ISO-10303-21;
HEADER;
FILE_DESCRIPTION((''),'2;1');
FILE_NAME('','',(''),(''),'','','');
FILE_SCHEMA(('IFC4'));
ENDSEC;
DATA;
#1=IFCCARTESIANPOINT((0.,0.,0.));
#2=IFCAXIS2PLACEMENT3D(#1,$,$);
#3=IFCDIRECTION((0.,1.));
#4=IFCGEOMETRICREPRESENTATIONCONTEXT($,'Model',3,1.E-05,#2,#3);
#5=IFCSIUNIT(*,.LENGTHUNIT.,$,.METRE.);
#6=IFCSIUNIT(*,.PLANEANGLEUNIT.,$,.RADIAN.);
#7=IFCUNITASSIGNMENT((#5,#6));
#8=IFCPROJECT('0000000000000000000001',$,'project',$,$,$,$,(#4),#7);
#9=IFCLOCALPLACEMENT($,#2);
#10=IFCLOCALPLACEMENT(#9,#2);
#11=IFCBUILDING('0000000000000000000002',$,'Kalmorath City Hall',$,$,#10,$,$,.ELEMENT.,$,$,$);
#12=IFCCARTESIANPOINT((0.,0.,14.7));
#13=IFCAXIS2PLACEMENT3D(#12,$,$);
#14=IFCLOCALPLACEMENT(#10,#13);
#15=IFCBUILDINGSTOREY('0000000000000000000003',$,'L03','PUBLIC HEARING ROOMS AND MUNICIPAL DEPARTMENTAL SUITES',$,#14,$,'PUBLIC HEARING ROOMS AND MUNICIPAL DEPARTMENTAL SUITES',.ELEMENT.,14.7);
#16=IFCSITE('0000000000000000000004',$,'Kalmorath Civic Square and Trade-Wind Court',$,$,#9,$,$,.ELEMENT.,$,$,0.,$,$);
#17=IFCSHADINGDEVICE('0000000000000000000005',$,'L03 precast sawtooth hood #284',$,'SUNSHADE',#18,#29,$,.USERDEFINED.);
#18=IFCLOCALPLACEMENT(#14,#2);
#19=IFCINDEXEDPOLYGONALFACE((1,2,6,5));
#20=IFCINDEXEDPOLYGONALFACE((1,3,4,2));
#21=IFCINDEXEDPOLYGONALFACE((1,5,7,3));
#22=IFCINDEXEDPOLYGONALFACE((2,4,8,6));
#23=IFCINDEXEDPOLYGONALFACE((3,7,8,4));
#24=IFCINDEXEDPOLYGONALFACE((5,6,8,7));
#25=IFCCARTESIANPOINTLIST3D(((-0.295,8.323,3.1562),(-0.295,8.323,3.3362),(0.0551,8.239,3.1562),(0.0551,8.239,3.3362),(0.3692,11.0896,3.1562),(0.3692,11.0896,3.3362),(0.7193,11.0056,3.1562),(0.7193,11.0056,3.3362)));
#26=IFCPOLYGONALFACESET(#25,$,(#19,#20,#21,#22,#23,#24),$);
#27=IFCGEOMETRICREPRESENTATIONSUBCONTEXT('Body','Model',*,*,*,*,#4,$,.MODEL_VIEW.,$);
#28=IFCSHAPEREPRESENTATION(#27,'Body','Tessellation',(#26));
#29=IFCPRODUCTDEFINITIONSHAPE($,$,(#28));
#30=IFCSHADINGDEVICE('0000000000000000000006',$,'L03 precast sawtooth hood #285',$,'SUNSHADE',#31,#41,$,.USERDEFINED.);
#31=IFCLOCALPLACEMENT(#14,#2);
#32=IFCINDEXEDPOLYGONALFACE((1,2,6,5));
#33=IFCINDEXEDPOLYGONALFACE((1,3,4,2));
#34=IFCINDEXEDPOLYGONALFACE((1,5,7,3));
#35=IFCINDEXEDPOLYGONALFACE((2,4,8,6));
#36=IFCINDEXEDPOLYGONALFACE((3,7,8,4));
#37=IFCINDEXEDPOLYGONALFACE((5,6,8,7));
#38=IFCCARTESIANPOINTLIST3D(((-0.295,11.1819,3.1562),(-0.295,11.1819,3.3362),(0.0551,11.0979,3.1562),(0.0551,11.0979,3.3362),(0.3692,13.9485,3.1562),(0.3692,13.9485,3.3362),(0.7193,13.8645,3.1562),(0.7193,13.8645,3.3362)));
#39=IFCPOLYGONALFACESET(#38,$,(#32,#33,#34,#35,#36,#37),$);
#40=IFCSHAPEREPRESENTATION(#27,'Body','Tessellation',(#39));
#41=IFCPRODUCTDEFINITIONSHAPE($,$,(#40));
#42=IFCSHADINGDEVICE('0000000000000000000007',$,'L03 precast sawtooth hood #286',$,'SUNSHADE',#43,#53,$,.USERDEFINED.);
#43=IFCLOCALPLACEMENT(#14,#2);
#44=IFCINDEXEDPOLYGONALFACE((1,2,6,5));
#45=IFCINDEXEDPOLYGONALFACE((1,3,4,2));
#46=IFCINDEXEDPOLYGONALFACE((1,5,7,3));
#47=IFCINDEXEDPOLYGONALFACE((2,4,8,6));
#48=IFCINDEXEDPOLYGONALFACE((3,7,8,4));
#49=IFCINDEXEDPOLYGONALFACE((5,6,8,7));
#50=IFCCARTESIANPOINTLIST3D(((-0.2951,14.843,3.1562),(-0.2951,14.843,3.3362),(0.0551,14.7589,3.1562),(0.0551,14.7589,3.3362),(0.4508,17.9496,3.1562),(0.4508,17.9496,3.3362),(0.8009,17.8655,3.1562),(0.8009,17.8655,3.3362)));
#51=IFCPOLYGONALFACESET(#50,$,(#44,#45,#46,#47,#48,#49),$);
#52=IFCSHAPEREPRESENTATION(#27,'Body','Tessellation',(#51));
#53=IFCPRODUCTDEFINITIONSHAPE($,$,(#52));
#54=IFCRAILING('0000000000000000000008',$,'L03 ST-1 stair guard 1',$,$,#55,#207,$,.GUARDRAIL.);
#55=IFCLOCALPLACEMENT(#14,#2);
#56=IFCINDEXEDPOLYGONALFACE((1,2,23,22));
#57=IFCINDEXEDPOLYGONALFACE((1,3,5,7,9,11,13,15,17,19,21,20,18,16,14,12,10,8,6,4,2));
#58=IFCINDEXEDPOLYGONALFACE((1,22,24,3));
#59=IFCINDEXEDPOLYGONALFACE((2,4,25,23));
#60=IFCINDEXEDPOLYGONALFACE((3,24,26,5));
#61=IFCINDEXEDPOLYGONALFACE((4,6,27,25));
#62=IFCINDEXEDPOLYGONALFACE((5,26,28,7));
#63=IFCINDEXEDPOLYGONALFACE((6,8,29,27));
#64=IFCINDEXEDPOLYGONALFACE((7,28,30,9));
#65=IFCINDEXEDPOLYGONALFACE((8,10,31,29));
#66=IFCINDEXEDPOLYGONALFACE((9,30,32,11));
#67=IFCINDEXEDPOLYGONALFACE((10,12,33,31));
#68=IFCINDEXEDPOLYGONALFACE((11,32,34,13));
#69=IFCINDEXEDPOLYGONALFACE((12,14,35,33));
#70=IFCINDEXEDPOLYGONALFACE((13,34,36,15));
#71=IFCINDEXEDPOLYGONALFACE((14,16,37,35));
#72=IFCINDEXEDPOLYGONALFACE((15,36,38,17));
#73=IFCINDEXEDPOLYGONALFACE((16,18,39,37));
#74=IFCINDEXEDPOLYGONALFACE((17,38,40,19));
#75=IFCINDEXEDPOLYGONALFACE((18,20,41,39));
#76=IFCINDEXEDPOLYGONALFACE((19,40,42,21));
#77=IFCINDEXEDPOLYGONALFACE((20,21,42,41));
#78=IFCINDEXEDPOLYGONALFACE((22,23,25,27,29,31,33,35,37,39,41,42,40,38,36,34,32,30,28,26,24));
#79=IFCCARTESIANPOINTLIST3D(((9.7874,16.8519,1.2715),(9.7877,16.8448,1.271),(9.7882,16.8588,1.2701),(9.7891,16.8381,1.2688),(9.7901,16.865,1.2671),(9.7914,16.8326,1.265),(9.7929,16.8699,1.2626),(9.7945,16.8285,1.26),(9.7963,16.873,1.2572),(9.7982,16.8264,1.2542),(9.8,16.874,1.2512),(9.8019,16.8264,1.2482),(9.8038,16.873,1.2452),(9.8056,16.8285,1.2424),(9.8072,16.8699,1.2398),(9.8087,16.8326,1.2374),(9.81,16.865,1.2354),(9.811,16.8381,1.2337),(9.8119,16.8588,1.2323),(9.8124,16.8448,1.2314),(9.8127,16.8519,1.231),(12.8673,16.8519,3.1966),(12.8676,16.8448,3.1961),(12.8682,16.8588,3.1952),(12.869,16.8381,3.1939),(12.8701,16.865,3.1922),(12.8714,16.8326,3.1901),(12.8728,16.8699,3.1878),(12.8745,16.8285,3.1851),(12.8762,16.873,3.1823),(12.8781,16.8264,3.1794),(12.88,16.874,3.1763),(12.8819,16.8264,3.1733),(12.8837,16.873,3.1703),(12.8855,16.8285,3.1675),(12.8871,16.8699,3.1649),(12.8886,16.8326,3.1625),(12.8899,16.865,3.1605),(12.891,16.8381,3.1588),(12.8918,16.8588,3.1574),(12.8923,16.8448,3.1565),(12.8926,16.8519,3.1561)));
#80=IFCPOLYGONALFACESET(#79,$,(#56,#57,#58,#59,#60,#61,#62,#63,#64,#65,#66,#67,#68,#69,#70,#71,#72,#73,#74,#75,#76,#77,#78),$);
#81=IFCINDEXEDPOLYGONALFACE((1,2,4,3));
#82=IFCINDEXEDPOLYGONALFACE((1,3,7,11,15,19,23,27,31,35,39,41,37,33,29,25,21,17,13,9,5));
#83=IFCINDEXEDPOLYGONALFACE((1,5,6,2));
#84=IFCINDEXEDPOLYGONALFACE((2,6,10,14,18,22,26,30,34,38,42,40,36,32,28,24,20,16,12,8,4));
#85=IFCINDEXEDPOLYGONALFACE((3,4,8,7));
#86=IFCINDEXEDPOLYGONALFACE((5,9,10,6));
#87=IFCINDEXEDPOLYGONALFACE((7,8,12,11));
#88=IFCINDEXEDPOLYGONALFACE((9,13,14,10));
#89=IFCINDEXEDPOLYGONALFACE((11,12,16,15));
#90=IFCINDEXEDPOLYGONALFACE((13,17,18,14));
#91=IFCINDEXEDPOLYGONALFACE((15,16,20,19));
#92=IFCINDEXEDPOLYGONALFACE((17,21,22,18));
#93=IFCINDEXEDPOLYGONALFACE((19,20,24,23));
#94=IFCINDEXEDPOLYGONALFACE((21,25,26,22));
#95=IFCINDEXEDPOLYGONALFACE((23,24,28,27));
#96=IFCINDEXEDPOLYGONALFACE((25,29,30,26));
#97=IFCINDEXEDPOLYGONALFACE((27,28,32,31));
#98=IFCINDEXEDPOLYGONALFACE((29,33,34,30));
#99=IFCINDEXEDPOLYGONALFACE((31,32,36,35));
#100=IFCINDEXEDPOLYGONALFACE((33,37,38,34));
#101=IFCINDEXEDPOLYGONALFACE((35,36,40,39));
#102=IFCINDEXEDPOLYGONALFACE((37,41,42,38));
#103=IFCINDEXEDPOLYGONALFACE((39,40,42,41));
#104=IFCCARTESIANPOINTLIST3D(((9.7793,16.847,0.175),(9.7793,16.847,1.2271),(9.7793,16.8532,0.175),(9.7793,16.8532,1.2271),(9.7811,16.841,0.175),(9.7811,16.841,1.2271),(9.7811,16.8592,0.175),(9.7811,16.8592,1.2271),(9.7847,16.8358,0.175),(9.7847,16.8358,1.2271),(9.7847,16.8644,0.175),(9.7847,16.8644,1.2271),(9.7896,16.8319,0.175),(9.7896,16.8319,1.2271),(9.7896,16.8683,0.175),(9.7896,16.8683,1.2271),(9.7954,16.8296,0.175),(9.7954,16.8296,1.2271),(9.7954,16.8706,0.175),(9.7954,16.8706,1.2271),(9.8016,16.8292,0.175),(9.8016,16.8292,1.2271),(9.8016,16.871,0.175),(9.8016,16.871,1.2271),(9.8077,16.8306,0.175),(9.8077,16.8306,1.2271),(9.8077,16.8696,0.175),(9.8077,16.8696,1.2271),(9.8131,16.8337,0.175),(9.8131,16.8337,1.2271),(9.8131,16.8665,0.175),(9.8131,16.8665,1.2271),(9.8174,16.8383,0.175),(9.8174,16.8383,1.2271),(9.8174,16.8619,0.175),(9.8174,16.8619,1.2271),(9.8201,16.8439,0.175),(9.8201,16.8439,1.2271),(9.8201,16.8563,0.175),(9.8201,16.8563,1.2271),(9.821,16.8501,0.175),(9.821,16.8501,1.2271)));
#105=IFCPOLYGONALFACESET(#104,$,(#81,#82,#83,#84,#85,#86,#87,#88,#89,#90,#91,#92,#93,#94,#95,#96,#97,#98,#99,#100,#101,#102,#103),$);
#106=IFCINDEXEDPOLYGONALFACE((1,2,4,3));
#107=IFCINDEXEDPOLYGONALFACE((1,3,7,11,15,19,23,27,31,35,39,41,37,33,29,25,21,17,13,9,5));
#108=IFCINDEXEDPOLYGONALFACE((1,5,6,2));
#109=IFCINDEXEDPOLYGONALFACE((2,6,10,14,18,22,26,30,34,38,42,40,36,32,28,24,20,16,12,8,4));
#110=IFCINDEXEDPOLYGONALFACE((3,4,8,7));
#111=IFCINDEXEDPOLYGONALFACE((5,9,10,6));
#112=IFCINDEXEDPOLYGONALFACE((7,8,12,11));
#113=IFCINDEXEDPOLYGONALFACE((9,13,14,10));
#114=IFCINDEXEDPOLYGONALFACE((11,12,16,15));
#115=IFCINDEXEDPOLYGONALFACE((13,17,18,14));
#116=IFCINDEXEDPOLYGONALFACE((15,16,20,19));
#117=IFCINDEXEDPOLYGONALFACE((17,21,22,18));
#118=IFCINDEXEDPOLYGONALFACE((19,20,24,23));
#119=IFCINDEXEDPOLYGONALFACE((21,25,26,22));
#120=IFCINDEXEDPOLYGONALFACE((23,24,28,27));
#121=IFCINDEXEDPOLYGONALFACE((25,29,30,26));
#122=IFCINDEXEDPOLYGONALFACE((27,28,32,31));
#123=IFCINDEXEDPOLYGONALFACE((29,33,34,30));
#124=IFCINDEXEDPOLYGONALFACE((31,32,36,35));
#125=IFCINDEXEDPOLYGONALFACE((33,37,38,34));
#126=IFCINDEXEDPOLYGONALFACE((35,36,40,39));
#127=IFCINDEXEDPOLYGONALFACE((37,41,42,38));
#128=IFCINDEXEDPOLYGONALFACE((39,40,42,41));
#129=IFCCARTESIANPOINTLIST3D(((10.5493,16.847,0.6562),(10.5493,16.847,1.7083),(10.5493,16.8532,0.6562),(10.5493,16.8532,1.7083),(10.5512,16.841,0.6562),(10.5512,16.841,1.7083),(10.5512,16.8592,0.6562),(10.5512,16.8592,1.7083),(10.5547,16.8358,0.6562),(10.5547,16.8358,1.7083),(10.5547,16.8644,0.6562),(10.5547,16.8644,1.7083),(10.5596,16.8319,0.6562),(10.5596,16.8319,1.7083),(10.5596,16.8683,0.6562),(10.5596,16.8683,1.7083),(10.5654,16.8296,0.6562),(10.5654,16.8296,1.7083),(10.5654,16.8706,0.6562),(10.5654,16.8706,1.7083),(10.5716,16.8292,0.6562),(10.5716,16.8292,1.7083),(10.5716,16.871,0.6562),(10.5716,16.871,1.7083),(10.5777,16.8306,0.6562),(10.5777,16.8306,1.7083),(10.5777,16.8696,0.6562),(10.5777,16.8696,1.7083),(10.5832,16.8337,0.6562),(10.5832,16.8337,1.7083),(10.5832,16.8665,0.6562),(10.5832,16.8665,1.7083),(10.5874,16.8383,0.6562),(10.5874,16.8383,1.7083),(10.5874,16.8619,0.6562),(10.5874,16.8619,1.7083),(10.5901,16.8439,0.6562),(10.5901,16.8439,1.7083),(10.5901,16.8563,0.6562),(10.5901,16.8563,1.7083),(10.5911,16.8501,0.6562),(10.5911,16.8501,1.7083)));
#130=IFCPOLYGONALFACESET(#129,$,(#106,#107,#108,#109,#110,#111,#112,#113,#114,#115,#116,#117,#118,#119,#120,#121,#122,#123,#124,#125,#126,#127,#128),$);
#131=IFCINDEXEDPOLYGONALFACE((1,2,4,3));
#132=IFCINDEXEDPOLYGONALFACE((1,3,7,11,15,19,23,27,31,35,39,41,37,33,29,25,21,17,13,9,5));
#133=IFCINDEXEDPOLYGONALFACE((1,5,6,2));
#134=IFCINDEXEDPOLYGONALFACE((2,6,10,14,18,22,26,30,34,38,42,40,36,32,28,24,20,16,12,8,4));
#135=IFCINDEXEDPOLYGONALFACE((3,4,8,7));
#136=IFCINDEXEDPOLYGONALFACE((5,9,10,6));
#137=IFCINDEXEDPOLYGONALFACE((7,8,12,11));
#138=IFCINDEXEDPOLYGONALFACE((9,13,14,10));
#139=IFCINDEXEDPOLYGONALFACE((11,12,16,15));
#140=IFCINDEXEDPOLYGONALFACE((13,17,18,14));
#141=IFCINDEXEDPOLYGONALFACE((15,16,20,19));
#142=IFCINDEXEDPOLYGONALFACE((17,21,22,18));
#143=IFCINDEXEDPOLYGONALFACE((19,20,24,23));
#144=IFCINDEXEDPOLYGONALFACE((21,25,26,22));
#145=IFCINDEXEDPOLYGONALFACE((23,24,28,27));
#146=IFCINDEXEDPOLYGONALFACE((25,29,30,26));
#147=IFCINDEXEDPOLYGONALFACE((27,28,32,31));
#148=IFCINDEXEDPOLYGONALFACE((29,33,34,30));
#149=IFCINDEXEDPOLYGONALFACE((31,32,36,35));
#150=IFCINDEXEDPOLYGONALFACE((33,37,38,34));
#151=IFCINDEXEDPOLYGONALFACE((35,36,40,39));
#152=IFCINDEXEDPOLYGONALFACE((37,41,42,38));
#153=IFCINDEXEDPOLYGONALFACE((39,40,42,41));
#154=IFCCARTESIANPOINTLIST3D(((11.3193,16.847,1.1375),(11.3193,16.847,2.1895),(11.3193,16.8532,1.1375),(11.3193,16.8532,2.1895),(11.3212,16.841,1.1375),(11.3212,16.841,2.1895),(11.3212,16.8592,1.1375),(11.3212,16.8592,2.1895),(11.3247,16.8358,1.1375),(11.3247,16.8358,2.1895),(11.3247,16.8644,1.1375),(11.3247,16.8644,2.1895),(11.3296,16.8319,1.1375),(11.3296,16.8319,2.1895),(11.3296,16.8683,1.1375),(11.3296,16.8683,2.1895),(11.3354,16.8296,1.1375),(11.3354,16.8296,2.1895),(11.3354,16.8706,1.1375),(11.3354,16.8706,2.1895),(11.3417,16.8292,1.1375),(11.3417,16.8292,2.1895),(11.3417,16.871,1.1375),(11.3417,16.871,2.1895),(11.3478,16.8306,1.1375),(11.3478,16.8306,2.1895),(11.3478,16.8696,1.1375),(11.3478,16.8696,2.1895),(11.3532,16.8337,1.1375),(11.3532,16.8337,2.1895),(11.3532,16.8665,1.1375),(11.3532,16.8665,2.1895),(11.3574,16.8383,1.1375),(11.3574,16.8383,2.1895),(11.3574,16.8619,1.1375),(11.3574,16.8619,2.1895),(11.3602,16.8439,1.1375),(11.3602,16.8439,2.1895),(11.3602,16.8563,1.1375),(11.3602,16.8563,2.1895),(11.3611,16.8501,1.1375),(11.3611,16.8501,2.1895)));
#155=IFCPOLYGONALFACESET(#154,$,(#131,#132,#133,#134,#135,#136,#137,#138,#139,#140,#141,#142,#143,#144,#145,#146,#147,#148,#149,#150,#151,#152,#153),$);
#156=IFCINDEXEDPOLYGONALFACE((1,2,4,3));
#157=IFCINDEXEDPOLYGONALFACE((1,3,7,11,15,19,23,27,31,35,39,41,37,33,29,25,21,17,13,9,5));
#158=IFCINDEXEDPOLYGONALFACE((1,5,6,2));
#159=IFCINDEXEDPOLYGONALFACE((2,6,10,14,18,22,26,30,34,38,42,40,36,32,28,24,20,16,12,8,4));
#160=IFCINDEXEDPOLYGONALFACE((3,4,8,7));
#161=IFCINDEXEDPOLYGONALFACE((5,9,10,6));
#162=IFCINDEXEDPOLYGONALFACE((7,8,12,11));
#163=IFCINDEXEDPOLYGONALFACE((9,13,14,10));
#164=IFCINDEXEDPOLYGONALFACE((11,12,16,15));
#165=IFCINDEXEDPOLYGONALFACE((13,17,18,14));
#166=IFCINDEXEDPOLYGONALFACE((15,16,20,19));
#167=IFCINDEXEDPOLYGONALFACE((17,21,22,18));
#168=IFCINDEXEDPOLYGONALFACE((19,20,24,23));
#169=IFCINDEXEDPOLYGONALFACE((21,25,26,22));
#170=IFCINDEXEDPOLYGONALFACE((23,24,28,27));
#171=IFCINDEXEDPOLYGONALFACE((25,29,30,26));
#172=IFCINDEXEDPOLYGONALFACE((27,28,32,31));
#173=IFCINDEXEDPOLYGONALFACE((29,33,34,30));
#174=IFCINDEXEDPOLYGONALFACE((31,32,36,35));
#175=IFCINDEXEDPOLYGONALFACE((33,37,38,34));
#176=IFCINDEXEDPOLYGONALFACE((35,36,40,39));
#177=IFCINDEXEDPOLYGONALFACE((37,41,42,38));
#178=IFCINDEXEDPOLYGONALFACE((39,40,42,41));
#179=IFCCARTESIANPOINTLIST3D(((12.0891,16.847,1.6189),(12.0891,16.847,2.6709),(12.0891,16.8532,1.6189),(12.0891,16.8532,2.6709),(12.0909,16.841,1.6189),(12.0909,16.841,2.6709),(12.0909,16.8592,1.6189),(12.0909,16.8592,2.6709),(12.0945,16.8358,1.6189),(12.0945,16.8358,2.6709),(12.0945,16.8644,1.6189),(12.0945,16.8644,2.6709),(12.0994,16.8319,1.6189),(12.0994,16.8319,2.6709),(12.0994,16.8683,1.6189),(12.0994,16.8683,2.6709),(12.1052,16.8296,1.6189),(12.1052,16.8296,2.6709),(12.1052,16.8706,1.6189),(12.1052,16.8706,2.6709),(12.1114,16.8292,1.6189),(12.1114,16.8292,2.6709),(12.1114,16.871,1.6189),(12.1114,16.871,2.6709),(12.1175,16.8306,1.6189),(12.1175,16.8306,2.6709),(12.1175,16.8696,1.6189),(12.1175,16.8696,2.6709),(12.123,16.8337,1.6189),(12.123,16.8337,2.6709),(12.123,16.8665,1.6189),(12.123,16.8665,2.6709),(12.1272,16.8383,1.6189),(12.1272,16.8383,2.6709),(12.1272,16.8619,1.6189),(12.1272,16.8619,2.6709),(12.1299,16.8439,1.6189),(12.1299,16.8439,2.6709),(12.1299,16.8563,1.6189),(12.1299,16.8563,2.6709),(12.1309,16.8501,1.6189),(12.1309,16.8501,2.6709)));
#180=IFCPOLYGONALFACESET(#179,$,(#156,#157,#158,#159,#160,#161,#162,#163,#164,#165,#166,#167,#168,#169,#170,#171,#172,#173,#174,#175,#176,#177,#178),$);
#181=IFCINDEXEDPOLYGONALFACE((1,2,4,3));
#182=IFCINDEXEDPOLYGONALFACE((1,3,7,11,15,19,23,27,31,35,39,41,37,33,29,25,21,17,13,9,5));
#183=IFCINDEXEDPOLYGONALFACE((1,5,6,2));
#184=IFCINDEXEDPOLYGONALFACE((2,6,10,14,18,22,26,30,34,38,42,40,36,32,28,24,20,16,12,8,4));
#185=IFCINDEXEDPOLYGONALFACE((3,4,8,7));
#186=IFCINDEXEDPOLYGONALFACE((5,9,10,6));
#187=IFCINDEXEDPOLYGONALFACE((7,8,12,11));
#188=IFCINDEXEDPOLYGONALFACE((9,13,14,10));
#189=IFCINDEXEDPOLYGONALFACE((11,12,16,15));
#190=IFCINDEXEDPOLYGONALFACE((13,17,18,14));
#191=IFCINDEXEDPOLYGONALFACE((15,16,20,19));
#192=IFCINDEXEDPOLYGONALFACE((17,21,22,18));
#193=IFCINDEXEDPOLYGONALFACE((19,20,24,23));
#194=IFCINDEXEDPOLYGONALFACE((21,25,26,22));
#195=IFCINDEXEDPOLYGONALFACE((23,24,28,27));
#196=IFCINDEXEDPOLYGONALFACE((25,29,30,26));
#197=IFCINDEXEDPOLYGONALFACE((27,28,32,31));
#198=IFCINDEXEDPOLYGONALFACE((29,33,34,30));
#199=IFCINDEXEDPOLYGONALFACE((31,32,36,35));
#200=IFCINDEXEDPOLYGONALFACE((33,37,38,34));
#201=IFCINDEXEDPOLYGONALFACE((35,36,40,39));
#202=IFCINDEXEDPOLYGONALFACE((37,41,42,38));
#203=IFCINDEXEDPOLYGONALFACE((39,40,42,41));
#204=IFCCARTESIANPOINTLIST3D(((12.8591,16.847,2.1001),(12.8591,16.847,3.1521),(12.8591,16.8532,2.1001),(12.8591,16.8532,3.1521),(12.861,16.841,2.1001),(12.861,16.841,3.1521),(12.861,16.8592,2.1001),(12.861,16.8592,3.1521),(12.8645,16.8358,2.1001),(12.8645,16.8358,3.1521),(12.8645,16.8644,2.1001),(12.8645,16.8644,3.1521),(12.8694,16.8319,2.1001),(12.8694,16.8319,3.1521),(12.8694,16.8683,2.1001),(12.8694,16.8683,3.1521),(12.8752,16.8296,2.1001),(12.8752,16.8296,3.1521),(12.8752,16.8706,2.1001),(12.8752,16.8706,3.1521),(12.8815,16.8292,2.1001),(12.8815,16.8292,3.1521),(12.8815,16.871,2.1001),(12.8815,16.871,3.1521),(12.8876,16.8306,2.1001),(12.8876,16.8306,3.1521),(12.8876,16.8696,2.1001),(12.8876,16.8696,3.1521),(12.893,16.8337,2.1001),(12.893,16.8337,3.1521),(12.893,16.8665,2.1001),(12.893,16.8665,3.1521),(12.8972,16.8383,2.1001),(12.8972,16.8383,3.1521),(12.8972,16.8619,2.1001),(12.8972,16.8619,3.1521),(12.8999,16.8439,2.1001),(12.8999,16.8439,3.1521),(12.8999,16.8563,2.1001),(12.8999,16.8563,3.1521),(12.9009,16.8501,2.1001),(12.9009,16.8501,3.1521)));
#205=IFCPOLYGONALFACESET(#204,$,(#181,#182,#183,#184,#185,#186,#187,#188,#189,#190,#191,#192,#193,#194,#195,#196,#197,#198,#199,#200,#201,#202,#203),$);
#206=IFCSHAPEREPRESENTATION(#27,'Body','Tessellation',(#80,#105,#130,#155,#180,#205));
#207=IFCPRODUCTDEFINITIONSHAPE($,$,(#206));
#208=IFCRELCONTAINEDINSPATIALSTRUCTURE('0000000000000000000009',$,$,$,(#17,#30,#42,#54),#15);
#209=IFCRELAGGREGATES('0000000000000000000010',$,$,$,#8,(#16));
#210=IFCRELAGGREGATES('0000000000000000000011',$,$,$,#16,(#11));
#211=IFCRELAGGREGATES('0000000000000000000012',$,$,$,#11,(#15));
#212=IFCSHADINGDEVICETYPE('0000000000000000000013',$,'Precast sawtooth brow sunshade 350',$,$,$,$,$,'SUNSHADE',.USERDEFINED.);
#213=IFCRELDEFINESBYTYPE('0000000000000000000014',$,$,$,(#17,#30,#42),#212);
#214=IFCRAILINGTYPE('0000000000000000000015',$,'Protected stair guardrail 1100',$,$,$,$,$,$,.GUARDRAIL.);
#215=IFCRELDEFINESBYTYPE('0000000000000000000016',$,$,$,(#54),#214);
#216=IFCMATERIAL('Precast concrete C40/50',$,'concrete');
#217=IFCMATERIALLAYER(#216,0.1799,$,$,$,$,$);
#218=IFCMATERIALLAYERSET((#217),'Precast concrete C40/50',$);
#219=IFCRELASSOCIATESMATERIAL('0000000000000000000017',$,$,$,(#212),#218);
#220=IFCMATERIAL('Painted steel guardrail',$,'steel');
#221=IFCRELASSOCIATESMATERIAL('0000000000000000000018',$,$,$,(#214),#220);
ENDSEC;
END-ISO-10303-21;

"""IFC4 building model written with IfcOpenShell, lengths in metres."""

from ifc_helpers import new_model, si_unit, direction, frame, origin, origin_2d, place, context, subcontext, project, spatial, rectangle, circle, extrude, material, layer, layer_set, type_object, element, save


model = new_model("IFC4")

# Units and contexts
model_context = context("Model", 3, precision=1e-05, world=origin(), true_north=direction((0.0, 1.0)))
body_context = subcontext(model_context, "Body", "Model", "MODEL_VIEW")
ifc_project = project(units=[si_unit("LENGTHUNIT", "METRE"), si_unit("PLANEANGLEUNIT", "RADIAN")], contexts=[model_context])

# Site, building, storey
site_placement = place(None, origin())
site = spatial("IfcSite", under=ifc_project, at=site_placement, Name="Kalmorath Civic Square and Trade-Wind Court", CompositionType="ELEMENT", RefElevation=0.0)
building_placement = place(site_placement, origin())
building = spatial("IfcBuilding", under=site, at=building_placement, Name="Kalmorath City Hall", CompositionType="ELEMENT")
storey_placement = place(building_placement, frame((0.0, 0.0, 14.7)))
storey = spatial("IfcBuildingStorey", under=building, at=storey_placement, Name="L03", Description="PUBLIC HEARING ROOMS AND MUNICIPAL DEPARTMENTAL SUITES", LongName="PUBLIC HEARING ROOMS AND MUNICIPAL DEPARTMENTAL SUITES", CompositionType="ELEMENT", Elevation=14.7)

# Shading devices
ifc_material_1 = material(Name="Precast concrete C40/50", Category="concrete")
ifc_layer_1 = layer(ifc_material_1, 0.1799)
ifc_layer_set_1 = layer_set([ifc_layer_1], Name="Precast concrete C40/50")
shading_device_type = type_object("IfcShadingDeviceType", Name="Precast sawtooth brow sunshade 350", ElementType="SUNSHADE", PredefinedType="USERDEFINED", material=ifc_layer_set_1)
for number, where, z_axis, x_axis, name in (
    (1, (0.2122, 9.6643, 3.1562), (0.0, 0.0, 1.0), (0.233445, 0.97237, 0.0), "L03 precast sawtooth hood #284"),
    (2, (0.2122, 12.5232, 3.1562), (0.0, 0.0, 1.0), (0.233445, 0.97237, 0.0), "L03 precast sawtooth hood #285"),
):
    element("IfcShadingDevice", number, at=place(storey_placement, frame(where, z_axis=z_axis, x_axis=x_axis)), inside=storey, type_object=shading_device_type, Name=name, ObjectType="SUNSHADE", PredefinedType="USERDEFINED", context=body_context, shape_type="SweptSolid", body=[
        extrude(rectangle(XDim=2.8452, YDim=0.3601, at=origin_2d()), origin(), (0.0, 0.0, 1.0), 0.1799),
    ])
shading_device_placement = place(storey_placement, frame((0.2529, 16.3542, 3.1562), z_axis=(0.0, 0.0, 1.0), x_axis=(0.233445, 0.97237, 0.0)))
element("IfcShadingDevice", 3, at=shading_device_placement, inside=storey, type_object=shading_device_type, Name="L03 precast sawtooth hood #286", ObjectType="SUNSHADE", PredefinedType="USERDEFINED", context=body_context, shape_type="SweptSolid", body=[
    extrude(rectangle(XDim=3.1948, YDim=0.3601, at=origin_2d()), origin(), (0.0, 0.0, 1.0), 0.1799),
])

# Railing
ifc_material_2 = material(Name="Painted steel guardrail", Category="steel")
railing_type_1 = type_object("IfcRailingType", Name="Protected stair guardrail 1100", PredefinedType="GUARDRAIL", material=ifc_material_2)
railing_1_placement = place(storey_placement, frame((9.8, 16.8501, 0.175)))
element("IfcRailing", 4, at=railing_1_placement, inside=storey, type_object=railing_type_1, Name="L03 ST-1 stair guard 1", PredefinedType="GUARDRAIL", context=body_context, shape_type="SweptSolid", body=[
    extrude(circle(Radius=0.0239, at=origin_2d()), frame((0.0, 0.0, 1.0762), z_axis=(0.847979, 0.0, 0.530029), x_axis=(0.0, 1.0, 0.0)), (0.0, 0.0, 1.0), 3.6321),
    extrude(circle(Radius=0.021, at=origin_2d()), origin(), (0.0, 0.0, 1.0), 1.052),
    extrude(circle(Radius=0.021, at=origin_2d()), frame((0.77, 0.0, 0.4812)), (0.0, 0.0, 1.0), 1.052),
    extrude(circle(Radius=0.021, at=origin_2d()), frame((1.54, 0.0, 0.9624)), (0.0, 0.0, 1.0), 1.052),
    extrude(circle(Radius=0.021, at=origin_2d()), frame((2.3098, 0.0, 1.4438)), (0.0, 0.0, 1.0), 1.052),
    extrude(circle(Radius=0.021, at=origin_2d()), frame((3.0798, 0.0, 1.925)), (0.0, 0.0, 1.0), 1.052),
])

save(model, "model.ifc")
